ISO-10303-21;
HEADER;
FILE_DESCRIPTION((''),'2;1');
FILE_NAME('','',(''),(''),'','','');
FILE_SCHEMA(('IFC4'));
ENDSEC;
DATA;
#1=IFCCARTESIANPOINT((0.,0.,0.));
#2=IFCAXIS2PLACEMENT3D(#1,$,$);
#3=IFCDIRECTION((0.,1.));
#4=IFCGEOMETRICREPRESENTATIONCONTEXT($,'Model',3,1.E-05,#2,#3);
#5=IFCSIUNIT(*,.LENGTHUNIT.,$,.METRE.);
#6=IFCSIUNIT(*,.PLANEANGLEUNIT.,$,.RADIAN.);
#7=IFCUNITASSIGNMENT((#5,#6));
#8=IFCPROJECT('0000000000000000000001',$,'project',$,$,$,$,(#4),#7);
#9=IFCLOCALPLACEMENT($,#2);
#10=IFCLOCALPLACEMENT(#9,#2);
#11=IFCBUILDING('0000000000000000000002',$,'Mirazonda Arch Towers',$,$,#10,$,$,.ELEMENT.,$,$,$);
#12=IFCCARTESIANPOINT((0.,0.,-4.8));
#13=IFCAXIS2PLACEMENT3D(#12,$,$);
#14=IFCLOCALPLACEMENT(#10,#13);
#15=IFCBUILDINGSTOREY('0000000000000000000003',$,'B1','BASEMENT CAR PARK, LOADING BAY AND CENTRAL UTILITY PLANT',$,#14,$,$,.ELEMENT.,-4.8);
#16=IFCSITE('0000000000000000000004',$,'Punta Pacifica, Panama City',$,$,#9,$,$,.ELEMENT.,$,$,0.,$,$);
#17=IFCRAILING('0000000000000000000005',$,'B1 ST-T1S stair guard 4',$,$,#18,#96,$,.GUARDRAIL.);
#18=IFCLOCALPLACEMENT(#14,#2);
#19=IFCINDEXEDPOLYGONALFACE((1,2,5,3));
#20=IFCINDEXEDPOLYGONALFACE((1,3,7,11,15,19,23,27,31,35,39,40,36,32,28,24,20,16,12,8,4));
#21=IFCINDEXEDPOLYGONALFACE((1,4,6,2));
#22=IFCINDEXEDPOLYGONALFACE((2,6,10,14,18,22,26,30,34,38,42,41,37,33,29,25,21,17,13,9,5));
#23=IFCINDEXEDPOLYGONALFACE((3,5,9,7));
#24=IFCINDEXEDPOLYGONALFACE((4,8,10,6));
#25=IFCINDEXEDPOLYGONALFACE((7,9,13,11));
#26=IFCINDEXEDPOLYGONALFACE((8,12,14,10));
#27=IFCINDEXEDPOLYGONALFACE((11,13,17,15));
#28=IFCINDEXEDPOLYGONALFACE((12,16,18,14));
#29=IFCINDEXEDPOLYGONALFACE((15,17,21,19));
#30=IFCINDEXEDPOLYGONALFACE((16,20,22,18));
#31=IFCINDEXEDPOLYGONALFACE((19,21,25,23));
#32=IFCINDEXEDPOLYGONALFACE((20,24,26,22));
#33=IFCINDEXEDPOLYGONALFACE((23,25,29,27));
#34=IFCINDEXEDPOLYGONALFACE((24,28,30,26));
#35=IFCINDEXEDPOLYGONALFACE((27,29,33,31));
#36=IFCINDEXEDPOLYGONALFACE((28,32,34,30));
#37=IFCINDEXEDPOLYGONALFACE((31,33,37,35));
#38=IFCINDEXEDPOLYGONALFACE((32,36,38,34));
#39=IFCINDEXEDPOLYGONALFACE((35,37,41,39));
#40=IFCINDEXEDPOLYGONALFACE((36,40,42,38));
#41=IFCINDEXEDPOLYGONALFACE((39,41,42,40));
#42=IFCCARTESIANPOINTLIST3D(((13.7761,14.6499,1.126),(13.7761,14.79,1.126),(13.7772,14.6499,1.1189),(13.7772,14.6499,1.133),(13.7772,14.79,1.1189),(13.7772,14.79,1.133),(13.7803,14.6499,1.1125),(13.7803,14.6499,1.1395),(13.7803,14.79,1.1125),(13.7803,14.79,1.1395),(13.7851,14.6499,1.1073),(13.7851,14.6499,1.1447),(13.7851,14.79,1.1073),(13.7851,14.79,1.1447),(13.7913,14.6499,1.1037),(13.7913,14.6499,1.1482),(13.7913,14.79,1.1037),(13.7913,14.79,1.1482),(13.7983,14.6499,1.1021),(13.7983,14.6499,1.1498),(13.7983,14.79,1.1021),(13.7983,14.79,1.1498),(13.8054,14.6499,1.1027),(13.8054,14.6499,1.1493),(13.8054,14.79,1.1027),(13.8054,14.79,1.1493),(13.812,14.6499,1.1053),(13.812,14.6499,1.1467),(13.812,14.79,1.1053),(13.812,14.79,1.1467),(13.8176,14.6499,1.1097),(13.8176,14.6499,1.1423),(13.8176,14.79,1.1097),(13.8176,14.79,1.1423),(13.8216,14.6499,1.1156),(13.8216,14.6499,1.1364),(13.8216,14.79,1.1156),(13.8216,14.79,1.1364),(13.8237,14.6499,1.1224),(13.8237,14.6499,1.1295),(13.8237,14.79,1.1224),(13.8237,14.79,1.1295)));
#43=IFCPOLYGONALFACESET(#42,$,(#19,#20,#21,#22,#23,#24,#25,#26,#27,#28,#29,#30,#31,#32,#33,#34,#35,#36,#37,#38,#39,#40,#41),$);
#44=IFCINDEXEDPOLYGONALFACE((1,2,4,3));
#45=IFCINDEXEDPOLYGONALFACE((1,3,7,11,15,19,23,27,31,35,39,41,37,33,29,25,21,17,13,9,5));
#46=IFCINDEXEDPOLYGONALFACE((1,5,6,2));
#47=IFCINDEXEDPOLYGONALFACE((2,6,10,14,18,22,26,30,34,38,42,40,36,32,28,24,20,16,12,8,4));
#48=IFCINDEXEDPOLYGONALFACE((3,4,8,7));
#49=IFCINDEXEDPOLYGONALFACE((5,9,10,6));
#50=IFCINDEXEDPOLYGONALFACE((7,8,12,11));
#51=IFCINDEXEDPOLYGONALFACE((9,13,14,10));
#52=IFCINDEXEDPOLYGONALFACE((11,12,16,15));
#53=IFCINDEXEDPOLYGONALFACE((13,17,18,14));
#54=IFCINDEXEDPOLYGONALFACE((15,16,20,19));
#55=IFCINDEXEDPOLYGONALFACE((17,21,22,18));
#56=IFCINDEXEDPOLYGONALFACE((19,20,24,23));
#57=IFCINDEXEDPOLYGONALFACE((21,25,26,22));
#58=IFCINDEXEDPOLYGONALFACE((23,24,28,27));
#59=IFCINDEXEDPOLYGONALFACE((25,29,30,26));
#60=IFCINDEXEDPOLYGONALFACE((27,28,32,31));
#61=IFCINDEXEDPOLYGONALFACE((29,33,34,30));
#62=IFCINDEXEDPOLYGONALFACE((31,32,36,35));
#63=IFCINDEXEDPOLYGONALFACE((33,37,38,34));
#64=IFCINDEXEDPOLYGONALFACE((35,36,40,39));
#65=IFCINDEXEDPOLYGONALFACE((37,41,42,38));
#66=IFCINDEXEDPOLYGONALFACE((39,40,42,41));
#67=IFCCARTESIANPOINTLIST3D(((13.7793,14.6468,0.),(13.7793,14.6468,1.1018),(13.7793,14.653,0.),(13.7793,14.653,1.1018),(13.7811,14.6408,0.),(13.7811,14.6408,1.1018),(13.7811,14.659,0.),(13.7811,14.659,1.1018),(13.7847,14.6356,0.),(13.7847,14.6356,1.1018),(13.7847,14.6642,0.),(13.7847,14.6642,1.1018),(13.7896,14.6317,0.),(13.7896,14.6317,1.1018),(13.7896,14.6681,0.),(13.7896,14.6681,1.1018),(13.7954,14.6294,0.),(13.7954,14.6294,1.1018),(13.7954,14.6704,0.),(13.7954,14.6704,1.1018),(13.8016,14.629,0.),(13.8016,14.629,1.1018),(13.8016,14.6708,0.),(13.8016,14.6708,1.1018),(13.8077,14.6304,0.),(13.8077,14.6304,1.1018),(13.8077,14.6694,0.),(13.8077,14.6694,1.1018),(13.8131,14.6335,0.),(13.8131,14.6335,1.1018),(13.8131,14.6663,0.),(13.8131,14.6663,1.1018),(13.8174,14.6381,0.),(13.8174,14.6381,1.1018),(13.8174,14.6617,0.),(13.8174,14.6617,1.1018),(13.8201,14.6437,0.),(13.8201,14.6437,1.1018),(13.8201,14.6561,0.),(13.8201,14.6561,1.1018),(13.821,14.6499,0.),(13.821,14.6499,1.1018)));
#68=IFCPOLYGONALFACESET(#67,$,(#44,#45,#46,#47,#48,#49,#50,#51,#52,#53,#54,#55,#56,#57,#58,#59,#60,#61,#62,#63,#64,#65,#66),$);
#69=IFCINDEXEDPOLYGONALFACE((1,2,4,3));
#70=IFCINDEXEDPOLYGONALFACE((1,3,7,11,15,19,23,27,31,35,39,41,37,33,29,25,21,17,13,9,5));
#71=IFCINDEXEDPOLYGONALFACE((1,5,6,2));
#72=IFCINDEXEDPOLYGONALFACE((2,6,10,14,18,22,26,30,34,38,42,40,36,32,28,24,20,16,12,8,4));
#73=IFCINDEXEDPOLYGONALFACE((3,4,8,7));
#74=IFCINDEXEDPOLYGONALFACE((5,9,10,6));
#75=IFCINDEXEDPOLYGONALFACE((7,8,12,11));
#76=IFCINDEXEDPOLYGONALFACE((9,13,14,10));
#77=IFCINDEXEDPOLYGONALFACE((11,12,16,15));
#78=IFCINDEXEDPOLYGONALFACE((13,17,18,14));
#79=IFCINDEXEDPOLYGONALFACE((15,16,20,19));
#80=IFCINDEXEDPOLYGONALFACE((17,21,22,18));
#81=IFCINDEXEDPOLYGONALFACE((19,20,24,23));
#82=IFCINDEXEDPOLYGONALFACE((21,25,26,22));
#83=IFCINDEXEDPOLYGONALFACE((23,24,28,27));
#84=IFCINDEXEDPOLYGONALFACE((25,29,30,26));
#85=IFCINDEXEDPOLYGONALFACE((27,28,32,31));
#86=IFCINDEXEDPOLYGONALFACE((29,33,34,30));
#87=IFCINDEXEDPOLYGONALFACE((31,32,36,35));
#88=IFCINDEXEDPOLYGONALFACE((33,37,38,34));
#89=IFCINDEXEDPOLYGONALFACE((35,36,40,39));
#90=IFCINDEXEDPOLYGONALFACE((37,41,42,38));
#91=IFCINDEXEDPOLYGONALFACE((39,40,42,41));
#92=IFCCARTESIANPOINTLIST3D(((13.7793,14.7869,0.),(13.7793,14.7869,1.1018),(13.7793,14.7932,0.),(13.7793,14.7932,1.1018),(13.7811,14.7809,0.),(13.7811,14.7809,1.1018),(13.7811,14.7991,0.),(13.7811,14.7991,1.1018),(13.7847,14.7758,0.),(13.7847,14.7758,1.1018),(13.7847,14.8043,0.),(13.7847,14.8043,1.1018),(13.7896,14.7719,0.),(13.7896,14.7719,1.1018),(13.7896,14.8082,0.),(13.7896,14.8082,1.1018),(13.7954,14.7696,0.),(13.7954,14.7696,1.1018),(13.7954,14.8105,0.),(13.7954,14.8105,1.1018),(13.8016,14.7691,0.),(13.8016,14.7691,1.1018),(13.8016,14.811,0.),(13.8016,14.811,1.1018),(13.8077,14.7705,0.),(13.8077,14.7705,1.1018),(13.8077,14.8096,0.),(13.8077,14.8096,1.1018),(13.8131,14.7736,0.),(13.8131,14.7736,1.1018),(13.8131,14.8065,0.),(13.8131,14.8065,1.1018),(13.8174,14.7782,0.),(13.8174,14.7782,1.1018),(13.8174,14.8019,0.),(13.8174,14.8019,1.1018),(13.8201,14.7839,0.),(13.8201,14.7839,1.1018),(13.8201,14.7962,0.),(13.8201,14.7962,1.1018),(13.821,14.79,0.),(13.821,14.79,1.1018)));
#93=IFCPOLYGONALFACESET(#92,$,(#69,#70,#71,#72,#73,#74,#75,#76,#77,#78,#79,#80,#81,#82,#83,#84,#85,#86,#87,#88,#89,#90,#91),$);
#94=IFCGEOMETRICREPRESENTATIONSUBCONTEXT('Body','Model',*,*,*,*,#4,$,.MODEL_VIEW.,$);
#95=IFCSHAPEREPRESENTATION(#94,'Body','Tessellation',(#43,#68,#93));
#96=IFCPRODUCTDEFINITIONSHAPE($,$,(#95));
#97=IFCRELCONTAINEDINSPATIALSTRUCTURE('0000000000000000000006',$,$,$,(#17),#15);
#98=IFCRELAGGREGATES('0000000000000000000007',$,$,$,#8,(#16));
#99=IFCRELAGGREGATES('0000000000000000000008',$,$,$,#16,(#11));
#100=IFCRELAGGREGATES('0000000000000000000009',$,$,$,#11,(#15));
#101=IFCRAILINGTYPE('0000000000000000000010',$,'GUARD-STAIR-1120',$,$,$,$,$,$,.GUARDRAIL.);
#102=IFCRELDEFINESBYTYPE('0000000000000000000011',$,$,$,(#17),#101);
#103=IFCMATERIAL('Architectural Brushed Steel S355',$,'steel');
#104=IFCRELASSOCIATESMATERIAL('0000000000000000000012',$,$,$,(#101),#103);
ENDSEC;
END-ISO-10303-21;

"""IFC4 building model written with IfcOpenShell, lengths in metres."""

from ifc_helpers import new_model, si_unit, direction, frame, origin, origin_2d, place, context, subcontext, project, spatial, circle, extrude, material, type_object, element, save


model = new_model("IFC4")

# Units and contexts
model_context = context("Model", 3, precision=1e-05, world=origin(), true_north=direction((0.0, 1.0)))
body_context = subcontext(model_context, "Body", "Model", "MODEL_VIEW")
ifc_project = project(units=[si_unit("LENGTHUNIT", "METRE"), si_unit("PLANEANGLEUNIT", "RADIAN")], contexts=[model_context])

# Site, building, storey
site_placement = place(None, origin())
site = spatial("IfcSite", under=ifc_project, at=site_placement, Name="Punta Pacifica, Panama City", CompositionType="ELEMENT", RefElevation=0.0)
building_placement = place(site_placement, origin())
building = spatial("IfcBuilding", under=site, at=building_placement, Name="Mirazonda Arch Towers", CompositionType="ELEMENT")
storey_placement = place(building_placement, frame((0.0, 0.0, -4.8)))
storey = spatial("IfcBuildingStorey", under=building, at=storey_placement, Name="B1", Description="BASEMENT CAR PARK, LOADING BAY AND CENTRAL UTILITY PLANT", CompositionType="ELEMENT", Elevation=-4.8)

# Shared definitions
ifc_material_1 = material(Name="Architectural Brushed Steel S355", Category="steel")

# Railing
railing_type_1 = type_object("IfcRailingType", Name="GUARD-STAIR-1120", PredefinedType="GUARDRAIL", material=ifc_material_1)
railing_1_placement = place(storey_placement, frame((13.8, 14.6499, 0.0)))
element("IfcRailing", 1, at=railing_1_placement, inside=storey, type_object=railing_type_1, Name="B1 ST-T1S stair guard 4", PredefinedType="GUARDRAIL", context=body_context, shape_type="SweptSolid", body=[
    extrude(circle(Radius=0.0239, at=origin_2d()), frame((0.0, 0.0, 1.126), z_axis=(0.0, 1.0, 0.0), x_axis=(-1.0, 0.0, 0.0)), (0.0, 0.0, 1.0), 0.1401),
    extrude(circle(Radius=0.021, at=origin_2d()), origin(), (0.0, 0.0, 1.0), 1.1018),
    extrude(circle(Radius=0.021, at=origin_2d()), frame((0.0, 0.1401, 0.0)), (0.0, 0.0, 1.0), 1.1018),
])

save(model, "model.ifc")
